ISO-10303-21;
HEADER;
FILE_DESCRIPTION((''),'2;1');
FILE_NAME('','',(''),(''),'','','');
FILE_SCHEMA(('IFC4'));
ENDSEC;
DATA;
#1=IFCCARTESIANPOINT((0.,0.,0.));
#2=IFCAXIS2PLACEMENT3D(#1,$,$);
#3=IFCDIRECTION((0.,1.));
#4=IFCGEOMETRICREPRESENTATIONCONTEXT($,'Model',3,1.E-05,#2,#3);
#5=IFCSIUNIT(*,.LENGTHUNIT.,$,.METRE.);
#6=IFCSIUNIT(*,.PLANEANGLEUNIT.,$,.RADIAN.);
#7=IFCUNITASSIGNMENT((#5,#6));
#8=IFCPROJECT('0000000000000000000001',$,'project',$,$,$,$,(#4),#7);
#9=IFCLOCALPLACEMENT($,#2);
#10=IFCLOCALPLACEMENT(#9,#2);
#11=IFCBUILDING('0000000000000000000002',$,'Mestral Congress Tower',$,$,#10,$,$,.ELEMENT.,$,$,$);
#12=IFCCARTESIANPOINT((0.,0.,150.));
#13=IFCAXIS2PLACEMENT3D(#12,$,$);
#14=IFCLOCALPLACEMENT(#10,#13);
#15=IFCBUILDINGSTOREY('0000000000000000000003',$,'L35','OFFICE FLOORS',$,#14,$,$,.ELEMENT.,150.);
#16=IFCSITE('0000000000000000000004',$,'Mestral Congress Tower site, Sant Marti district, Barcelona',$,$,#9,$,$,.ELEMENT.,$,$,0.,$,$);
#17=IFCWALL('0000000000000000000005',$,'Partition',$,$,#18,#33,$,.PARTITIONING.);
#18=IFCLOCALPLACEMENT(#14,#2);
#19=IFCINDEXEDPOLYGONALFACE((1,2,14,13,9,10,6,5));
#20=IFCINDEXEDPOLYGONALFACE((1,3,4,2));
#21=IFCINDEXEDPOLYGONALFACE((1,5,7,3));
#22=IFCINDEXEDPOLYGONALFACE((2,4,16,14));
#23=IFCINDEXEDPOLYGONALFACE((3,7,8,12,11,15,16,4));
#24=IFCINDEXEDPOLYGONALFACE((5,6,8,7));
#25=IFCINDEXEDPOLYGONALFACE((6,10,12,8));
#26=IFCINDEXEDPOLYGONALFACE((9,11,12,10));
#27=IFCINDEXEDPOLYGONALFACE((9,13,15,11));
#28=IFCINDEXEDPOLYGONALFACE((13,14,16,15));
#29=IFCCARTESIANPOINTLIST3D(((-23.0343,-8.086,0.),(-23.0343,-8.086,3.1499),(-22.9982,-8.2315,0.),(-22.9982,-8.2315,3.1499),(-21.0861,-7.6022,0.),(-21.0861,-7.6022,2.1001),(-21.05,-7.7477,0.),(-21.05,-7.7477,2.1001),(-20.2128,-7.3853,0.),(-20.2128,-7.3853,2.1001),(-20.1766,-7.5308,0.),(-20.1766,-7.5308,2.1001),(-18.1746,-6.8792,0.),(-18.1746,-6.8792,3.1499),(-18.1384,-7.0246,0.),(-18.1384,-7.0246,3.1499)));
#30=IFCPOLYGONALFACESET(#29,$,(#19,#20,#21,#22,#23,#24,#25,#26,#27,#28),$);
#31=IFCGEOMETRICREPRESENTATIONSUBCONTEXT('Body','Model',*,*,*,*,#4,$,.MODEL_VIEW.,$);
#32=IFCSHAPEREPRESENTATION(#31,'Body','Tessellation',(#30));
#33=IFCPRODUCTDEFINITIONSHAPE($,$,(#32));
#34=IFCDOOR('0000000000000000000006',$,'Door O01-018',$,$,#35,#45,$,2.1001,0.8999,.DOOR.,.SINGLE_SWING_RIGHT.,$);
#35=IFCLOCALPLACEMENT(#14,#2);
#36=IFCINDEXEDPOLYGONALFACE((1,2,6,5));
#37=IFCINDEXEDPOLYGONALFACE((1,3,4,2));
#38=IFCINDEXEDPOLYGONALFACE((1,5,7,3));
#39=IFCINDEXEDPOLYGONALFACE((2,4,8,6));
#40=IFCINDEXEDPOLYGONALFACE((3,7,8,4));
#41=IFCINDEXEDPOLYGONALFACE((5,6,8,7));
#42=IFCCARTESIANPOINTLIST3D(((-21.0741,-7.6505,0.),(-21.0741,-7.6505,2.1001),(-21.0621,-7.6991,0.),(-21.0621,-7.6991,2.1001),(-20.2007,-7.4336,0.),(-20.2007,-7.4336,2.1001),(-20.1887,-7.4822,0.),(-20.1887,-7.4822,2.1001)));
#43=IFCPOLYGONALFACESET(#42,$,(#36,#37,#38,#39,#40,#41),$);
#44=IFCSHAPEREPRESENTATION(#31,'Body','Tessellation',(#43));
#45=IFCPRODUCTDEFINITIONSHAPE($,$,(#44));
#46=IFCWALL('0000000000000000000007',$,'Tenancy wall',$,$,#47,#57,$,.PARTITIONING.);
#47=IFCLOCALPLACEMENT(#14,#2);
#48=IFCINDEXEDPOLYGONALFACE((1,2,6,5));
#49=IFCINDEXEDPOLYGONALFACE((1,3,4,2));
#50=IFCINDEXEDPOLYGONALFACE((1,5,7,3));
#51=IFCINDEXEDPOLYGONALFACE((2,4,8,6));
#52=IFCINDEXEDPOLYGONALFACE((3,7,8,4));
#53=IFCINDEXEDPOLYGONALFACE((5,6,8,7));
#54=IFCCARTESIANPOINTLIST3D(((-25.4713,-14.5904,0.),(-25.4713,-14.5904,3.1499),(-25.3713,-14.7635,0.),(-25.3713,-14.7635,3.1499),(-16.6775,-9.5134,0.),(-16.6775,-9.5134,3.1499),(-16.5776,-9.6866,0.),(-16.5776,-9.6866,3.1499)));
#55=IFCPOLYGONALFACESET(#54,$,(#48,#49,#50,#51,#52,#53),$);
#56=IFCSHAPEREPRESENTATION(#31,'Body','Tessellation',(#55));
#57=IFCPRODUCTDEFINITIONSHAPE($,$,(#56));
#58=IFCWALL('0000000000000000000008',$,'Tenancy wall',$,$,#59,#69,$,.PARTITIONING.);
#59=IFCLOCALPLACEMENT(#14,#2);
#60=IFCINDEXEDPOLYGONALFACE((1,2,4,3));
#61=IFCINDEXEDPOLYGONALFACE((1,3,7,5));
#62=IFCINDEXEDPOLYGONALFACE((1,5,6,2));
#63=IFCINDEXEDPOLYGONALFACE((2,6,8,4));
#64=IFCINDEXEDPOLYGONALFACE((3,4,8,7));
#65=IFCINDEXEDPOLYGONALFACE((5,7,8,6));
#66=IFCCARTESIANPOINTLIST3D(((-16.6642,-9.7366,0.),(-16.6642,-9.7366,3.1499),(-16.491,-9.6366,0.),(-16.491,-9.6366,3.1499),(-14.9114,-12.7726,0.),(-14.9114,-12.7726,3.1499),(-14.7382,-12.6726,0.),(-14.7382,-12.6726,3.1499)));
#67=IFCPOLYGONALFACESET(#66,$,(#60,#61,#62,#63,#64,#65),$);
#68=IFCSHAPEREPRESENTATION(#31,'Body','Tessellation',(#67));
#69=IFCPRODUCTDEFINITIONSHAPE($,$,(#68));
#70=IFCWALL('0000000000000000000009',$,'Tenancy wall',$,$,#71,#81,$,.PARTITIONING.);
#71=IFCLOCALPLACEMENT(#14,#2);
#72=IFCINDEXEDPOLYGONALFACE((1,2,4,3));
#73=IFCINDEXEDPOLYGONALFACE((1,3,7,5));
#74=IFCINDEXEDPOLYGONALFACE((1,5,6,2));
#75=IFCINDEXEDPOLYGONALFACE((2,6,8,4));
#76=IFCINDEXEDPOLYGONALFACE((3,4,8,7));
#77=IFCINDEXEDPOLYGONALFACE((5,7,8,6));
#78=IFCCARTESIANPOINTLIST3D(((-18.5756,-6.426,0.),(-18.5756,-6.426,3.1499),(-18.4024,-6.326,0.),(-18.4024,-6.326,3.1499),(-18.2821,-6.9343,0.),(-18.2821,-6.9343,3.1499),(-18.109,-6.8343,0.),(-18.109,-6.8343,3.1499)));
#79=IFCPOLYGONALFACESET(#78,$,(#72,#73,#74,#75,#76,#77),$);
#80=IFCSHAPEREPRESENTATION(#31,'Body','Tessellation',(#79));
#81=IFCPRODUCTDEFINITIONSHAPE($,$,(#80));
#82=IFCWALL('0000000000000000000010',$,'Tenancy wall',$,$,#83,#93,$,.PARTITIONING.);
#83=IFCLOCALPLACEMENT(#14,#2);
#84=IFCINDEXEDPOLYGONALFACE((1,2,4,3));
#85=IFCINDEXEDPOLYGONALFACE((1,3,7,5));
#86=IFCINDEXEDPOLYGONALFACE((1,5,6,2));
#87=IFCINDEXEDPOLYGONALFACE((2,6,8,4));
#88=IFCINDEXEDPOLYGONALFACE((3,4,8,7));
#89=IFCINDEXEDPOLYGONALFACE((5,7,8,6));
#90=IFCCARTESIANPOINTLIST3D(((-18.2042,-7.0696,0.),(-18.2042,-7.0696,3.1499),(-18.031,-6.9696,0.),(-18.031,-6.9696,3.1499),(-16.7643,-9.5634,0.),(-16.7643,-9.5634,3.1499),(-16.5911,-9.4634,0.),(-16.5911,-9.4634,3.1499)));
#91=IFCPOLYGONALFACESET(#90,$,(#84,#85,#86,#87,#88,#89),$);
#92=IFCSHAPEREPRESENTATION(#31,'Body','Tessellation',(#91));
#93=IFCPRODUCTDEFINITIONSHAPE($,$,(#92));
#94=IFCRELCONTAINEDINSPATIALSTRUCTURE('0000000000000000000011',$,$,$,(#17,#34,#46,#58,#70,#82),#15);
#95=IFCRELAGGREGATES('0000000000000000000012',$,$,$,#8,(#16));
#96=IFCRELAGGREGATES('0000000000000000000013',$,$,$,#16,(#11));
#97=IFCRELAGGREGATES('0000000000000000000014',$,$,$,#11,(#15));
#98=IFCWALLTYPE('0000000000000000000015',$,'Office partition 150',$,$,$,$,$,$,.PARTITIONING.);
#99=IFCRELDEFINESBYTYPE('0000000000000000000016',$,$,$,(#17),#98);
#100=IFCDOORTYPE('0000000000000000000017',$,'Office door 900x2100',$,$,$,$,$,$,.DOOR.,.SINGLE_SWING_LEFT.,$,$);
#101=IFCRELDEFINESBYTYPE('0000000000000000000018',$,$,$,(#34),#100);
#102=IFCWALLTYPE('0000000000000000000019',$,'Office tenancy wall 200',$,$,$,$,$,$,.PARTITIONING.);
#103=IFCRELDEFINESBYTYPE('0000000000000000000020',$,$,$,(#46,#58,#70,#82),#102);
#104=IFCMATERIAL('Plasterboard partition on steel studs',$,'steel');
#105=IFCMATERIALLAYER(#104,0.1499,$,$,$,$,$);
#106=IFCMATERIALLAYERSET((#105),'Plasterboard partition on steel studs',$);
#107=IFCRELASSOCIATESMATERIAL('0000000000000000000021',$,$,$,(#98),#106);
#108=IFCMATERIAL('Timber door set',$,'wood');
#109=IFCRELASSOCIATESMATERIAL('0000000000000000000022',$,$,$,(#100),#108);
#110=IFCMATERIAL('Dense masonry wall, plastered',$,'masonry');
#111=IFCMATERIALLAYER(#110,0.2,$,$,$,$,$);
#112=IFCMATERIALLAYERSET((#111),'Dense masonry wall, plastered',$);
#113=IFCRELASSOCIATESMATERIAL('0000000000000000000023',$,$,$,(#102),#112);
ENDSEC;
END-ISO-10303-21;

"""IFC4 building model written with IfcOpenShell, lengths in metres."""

from ifc_helpers import new_model, si_unit, direction, frame, frame_2d, origin, place, context, subcontext, project, spatial, rectangle, extrude, material, layer, layer_set, type_object, element, fill, save


model = new_model("IFC4")

# Units and contexts
model_context = context("Model", 3, precision=1e-05, world=origin(), true_north=direction((0.0, 1.0)))
body_context = subcontext(model_context, "Body", "Model", "MODEL_VIEW")
ifc_project = project(units=[si_unit("LENGTHUNIT", "METRE"), si_unit("PLANEANGLEUNIT", "RADIAN")], contexts=[model_context])

# Site, building, storey
site_placement = place(None, origin())
site = spatial("IfcSite", under=ifc_project, at=site_placement, Name="Mestral Congress Tower site, Sant Marti district, Barcelona", CompositionType="ELEMENT", RefElevation=0.0)
building_placement = place(site_placement, origin())
building = spatial("IfcBuilding", under=site, at=building_placement, Name="Mestral Congress Tower", CompositionType="ELEMENT")
storey_placement = place(building_placement, frame((0.0, 0.0, 150.0)))
storey = spatial("IfcBuildingStorey", under=building, at=storey_placement, Name="L35", Description="OFFICE FLOORS", CompositionType="ELEMENT", Elevation=150.0)

# Shared definitions
ifc_material_1 = material(Name="Plasterboard partition on steel studs", Category="steel")
ifc_layer_1 = layer(ifc_material_1, 0.1499)
ifc_layer_set_1 = layer_set([ifc_layer_1], Name="Plasterboard partition on steel studs")
wall_type_1 = type_object("IfcWallType", Name="Office partition 150", PredefinedType="PARTITIONING", material=ifc_layer_set_1)
ifc_material_2 = material(Name="Timber door set", Category="wood")
door_type = type_object("IfcDoorType", Name="Office door 900x2100", OperationType="SINGLE_SWING_LEFT", PredefinedType="DOOR", material=ifc_material_2)

# Wall, opening, door
wall_1_placement = place(storey_placement, frame((-18.1565, -6.9519, 0.0), z_axis=(0.0, 0.0, 1.0), x_axis=(-0.970523, -0.241009, 0.0)))
wall_1 = element("IfcWall", 1, at=wall_1_placement, inside=storey, type_object=wall_type_1, Name="Partition", PredefinedType="PARTITIONING", context=body_context, shape_type="SweptSolid", body=[
    extrude(rectangle(XDim=5.0073, YDim=0.1499, at=frame_2d((2.5037, 0.0))), origin(), (0.0, 0.0, 1.0), 3.1499),
])
opening_1_placement = place(wall_1_placement, frame((2.1001, 0.0, 0.0)))
opening_1 = element("IfcOpeningElement", 2, at=opening_1_placement, cuts=wall_1, PredefinedType="OPENING", context=body_context, shape_type="SweptSolid", body=[
    extrude(rectangle(XDim=0.8999, YDim=2.1001, at=frame_2d((0.45, 1.05))), frame((0.0, 0.085, 0.0), z_axis=(0.0, -1.0, 0.0), x_axis=(1.0, 0.0, 0.0)), (0.0, 0.0, 1.0), 0.1699),
])
door_1_placement = place(opening_1_placement, origin())
door_1 = element("IfcDoor", 3, at=door_1_placement, inside=storey, type_object=door_type, Name="Door O01-018", OperationType="SINGLE_SWING_RIGHT", OverallHeight=2.1001, OverallWidth=0.8999, PredefinedType="DOOR", context=body_context, shape_type="SweptSolid", body=[
    extrude(rectangle(XDim=0.8999, YDim=2.1001, at=frame_2d((0.45, 1.05))), frame((0.0, 0.0249, 0.0), z_axis=(0.0, -1.0, 0.0), x_axis=(1.0, 0.0, 0.0)), (0.0, 0.0, 1.0), 0.05),
])
fill(opening_1, door_1)

# Walls
ifc_material_3 = material(Name="Dense masonry wall, plastered", Category="masonry")
ifc_layer_2 = layer(ifc_material_3, 0.2)
ifc_layer_set_2 = layer_set([ifc_layer_2], Name="Dense masonry wall, plastered")
wall_type_2 = type_object("IfcWallType", Name="Office tenancy wall 200", PredefinedType="PARTITIONING", material=ifc_layer_set_2)
wall_2_placement = place(storey_placement, frame((-25.4214, -14.677, 0.0), z_axis=(0.0, 0.0, 1.0), x_axis=(0.866031, 0.49999, 0.0)))
element("IfcWall", 4, at=wall_2_placement, inside=storey, type_object=wall_type_2, Name="Tenancy wall", PredefinedType="PARTITIONING", context=body_context, shape_type="SweptSolid", body=[
    extrude(rectangle(XDim=10.1541, YDim=0.2, at=frame_2d((5.0771, 0.0))), origin(), (0.0, 0.0, 1.0), 3.1499),
])
wall_3_placement = place(storey_placement, frame((-16.5776, -9.6865, 0.0), z_axis=(0.0, 0.0, 1.0), x_axis=(0.499982, -0.866036, 0.0)))
element("IfcWall", 5, at=wall_3_placement, inside=storey, type_object=wall_type_2, Name="Tenancy wall", PredefinedType="PARTITIONING", context=body_context, shape_type="SweptSolid", body=[
    extrude(rectangle(XDim=3.5056, YDim=0.2, at=frame_2d((1.7529, 0.0))), origin(), (0.0, 0.0, 1.0), 3.1499),
])
wall_4_placement = place(storey_placement, frame((-18.489, -6.376, 0.0), z_axis=(0.0, 0.0, 1.0), x_axis=(0.499987, -0.866033, 0.0)))
element("IfcWall", 6, at=wall_4_placement, inside=storey, type_object=wall_type_2, Name="Tenancy wall", PredefinedType="PARTITIONING", context=body_context, shape_type="SweptSolid", body=[
    extrude(rectangle(XDim=0.5869, YDim=0.2, at=frame_2d((0.2935, 0.0))), origin(), (0.0, 0.0, 1.0), 3.1499),
])
wall_5_placement = place(storey_placement, frame((-18.1177, -7.0195, 0.0), z_axis=(0.0, 0.0, 1.0), x_axis=(0.500023, -0.866012, 0.0)))
element("IfcWall", 7, at=wall_5_placement, inside=storey, type_object=wall_type_2, Name="Tenancy wall", PredefinedType="PARTITIONING", context=body_context, shape_type="SweptSolid", body=[
    extrude(rectangle(XDim=2.8796, YDim=0.2, at=frame_2d((1.4399, 0.0))), origin(), (0.0, 0.0, 1.0), 3.1499),
])

save(model, "model.ifc")
